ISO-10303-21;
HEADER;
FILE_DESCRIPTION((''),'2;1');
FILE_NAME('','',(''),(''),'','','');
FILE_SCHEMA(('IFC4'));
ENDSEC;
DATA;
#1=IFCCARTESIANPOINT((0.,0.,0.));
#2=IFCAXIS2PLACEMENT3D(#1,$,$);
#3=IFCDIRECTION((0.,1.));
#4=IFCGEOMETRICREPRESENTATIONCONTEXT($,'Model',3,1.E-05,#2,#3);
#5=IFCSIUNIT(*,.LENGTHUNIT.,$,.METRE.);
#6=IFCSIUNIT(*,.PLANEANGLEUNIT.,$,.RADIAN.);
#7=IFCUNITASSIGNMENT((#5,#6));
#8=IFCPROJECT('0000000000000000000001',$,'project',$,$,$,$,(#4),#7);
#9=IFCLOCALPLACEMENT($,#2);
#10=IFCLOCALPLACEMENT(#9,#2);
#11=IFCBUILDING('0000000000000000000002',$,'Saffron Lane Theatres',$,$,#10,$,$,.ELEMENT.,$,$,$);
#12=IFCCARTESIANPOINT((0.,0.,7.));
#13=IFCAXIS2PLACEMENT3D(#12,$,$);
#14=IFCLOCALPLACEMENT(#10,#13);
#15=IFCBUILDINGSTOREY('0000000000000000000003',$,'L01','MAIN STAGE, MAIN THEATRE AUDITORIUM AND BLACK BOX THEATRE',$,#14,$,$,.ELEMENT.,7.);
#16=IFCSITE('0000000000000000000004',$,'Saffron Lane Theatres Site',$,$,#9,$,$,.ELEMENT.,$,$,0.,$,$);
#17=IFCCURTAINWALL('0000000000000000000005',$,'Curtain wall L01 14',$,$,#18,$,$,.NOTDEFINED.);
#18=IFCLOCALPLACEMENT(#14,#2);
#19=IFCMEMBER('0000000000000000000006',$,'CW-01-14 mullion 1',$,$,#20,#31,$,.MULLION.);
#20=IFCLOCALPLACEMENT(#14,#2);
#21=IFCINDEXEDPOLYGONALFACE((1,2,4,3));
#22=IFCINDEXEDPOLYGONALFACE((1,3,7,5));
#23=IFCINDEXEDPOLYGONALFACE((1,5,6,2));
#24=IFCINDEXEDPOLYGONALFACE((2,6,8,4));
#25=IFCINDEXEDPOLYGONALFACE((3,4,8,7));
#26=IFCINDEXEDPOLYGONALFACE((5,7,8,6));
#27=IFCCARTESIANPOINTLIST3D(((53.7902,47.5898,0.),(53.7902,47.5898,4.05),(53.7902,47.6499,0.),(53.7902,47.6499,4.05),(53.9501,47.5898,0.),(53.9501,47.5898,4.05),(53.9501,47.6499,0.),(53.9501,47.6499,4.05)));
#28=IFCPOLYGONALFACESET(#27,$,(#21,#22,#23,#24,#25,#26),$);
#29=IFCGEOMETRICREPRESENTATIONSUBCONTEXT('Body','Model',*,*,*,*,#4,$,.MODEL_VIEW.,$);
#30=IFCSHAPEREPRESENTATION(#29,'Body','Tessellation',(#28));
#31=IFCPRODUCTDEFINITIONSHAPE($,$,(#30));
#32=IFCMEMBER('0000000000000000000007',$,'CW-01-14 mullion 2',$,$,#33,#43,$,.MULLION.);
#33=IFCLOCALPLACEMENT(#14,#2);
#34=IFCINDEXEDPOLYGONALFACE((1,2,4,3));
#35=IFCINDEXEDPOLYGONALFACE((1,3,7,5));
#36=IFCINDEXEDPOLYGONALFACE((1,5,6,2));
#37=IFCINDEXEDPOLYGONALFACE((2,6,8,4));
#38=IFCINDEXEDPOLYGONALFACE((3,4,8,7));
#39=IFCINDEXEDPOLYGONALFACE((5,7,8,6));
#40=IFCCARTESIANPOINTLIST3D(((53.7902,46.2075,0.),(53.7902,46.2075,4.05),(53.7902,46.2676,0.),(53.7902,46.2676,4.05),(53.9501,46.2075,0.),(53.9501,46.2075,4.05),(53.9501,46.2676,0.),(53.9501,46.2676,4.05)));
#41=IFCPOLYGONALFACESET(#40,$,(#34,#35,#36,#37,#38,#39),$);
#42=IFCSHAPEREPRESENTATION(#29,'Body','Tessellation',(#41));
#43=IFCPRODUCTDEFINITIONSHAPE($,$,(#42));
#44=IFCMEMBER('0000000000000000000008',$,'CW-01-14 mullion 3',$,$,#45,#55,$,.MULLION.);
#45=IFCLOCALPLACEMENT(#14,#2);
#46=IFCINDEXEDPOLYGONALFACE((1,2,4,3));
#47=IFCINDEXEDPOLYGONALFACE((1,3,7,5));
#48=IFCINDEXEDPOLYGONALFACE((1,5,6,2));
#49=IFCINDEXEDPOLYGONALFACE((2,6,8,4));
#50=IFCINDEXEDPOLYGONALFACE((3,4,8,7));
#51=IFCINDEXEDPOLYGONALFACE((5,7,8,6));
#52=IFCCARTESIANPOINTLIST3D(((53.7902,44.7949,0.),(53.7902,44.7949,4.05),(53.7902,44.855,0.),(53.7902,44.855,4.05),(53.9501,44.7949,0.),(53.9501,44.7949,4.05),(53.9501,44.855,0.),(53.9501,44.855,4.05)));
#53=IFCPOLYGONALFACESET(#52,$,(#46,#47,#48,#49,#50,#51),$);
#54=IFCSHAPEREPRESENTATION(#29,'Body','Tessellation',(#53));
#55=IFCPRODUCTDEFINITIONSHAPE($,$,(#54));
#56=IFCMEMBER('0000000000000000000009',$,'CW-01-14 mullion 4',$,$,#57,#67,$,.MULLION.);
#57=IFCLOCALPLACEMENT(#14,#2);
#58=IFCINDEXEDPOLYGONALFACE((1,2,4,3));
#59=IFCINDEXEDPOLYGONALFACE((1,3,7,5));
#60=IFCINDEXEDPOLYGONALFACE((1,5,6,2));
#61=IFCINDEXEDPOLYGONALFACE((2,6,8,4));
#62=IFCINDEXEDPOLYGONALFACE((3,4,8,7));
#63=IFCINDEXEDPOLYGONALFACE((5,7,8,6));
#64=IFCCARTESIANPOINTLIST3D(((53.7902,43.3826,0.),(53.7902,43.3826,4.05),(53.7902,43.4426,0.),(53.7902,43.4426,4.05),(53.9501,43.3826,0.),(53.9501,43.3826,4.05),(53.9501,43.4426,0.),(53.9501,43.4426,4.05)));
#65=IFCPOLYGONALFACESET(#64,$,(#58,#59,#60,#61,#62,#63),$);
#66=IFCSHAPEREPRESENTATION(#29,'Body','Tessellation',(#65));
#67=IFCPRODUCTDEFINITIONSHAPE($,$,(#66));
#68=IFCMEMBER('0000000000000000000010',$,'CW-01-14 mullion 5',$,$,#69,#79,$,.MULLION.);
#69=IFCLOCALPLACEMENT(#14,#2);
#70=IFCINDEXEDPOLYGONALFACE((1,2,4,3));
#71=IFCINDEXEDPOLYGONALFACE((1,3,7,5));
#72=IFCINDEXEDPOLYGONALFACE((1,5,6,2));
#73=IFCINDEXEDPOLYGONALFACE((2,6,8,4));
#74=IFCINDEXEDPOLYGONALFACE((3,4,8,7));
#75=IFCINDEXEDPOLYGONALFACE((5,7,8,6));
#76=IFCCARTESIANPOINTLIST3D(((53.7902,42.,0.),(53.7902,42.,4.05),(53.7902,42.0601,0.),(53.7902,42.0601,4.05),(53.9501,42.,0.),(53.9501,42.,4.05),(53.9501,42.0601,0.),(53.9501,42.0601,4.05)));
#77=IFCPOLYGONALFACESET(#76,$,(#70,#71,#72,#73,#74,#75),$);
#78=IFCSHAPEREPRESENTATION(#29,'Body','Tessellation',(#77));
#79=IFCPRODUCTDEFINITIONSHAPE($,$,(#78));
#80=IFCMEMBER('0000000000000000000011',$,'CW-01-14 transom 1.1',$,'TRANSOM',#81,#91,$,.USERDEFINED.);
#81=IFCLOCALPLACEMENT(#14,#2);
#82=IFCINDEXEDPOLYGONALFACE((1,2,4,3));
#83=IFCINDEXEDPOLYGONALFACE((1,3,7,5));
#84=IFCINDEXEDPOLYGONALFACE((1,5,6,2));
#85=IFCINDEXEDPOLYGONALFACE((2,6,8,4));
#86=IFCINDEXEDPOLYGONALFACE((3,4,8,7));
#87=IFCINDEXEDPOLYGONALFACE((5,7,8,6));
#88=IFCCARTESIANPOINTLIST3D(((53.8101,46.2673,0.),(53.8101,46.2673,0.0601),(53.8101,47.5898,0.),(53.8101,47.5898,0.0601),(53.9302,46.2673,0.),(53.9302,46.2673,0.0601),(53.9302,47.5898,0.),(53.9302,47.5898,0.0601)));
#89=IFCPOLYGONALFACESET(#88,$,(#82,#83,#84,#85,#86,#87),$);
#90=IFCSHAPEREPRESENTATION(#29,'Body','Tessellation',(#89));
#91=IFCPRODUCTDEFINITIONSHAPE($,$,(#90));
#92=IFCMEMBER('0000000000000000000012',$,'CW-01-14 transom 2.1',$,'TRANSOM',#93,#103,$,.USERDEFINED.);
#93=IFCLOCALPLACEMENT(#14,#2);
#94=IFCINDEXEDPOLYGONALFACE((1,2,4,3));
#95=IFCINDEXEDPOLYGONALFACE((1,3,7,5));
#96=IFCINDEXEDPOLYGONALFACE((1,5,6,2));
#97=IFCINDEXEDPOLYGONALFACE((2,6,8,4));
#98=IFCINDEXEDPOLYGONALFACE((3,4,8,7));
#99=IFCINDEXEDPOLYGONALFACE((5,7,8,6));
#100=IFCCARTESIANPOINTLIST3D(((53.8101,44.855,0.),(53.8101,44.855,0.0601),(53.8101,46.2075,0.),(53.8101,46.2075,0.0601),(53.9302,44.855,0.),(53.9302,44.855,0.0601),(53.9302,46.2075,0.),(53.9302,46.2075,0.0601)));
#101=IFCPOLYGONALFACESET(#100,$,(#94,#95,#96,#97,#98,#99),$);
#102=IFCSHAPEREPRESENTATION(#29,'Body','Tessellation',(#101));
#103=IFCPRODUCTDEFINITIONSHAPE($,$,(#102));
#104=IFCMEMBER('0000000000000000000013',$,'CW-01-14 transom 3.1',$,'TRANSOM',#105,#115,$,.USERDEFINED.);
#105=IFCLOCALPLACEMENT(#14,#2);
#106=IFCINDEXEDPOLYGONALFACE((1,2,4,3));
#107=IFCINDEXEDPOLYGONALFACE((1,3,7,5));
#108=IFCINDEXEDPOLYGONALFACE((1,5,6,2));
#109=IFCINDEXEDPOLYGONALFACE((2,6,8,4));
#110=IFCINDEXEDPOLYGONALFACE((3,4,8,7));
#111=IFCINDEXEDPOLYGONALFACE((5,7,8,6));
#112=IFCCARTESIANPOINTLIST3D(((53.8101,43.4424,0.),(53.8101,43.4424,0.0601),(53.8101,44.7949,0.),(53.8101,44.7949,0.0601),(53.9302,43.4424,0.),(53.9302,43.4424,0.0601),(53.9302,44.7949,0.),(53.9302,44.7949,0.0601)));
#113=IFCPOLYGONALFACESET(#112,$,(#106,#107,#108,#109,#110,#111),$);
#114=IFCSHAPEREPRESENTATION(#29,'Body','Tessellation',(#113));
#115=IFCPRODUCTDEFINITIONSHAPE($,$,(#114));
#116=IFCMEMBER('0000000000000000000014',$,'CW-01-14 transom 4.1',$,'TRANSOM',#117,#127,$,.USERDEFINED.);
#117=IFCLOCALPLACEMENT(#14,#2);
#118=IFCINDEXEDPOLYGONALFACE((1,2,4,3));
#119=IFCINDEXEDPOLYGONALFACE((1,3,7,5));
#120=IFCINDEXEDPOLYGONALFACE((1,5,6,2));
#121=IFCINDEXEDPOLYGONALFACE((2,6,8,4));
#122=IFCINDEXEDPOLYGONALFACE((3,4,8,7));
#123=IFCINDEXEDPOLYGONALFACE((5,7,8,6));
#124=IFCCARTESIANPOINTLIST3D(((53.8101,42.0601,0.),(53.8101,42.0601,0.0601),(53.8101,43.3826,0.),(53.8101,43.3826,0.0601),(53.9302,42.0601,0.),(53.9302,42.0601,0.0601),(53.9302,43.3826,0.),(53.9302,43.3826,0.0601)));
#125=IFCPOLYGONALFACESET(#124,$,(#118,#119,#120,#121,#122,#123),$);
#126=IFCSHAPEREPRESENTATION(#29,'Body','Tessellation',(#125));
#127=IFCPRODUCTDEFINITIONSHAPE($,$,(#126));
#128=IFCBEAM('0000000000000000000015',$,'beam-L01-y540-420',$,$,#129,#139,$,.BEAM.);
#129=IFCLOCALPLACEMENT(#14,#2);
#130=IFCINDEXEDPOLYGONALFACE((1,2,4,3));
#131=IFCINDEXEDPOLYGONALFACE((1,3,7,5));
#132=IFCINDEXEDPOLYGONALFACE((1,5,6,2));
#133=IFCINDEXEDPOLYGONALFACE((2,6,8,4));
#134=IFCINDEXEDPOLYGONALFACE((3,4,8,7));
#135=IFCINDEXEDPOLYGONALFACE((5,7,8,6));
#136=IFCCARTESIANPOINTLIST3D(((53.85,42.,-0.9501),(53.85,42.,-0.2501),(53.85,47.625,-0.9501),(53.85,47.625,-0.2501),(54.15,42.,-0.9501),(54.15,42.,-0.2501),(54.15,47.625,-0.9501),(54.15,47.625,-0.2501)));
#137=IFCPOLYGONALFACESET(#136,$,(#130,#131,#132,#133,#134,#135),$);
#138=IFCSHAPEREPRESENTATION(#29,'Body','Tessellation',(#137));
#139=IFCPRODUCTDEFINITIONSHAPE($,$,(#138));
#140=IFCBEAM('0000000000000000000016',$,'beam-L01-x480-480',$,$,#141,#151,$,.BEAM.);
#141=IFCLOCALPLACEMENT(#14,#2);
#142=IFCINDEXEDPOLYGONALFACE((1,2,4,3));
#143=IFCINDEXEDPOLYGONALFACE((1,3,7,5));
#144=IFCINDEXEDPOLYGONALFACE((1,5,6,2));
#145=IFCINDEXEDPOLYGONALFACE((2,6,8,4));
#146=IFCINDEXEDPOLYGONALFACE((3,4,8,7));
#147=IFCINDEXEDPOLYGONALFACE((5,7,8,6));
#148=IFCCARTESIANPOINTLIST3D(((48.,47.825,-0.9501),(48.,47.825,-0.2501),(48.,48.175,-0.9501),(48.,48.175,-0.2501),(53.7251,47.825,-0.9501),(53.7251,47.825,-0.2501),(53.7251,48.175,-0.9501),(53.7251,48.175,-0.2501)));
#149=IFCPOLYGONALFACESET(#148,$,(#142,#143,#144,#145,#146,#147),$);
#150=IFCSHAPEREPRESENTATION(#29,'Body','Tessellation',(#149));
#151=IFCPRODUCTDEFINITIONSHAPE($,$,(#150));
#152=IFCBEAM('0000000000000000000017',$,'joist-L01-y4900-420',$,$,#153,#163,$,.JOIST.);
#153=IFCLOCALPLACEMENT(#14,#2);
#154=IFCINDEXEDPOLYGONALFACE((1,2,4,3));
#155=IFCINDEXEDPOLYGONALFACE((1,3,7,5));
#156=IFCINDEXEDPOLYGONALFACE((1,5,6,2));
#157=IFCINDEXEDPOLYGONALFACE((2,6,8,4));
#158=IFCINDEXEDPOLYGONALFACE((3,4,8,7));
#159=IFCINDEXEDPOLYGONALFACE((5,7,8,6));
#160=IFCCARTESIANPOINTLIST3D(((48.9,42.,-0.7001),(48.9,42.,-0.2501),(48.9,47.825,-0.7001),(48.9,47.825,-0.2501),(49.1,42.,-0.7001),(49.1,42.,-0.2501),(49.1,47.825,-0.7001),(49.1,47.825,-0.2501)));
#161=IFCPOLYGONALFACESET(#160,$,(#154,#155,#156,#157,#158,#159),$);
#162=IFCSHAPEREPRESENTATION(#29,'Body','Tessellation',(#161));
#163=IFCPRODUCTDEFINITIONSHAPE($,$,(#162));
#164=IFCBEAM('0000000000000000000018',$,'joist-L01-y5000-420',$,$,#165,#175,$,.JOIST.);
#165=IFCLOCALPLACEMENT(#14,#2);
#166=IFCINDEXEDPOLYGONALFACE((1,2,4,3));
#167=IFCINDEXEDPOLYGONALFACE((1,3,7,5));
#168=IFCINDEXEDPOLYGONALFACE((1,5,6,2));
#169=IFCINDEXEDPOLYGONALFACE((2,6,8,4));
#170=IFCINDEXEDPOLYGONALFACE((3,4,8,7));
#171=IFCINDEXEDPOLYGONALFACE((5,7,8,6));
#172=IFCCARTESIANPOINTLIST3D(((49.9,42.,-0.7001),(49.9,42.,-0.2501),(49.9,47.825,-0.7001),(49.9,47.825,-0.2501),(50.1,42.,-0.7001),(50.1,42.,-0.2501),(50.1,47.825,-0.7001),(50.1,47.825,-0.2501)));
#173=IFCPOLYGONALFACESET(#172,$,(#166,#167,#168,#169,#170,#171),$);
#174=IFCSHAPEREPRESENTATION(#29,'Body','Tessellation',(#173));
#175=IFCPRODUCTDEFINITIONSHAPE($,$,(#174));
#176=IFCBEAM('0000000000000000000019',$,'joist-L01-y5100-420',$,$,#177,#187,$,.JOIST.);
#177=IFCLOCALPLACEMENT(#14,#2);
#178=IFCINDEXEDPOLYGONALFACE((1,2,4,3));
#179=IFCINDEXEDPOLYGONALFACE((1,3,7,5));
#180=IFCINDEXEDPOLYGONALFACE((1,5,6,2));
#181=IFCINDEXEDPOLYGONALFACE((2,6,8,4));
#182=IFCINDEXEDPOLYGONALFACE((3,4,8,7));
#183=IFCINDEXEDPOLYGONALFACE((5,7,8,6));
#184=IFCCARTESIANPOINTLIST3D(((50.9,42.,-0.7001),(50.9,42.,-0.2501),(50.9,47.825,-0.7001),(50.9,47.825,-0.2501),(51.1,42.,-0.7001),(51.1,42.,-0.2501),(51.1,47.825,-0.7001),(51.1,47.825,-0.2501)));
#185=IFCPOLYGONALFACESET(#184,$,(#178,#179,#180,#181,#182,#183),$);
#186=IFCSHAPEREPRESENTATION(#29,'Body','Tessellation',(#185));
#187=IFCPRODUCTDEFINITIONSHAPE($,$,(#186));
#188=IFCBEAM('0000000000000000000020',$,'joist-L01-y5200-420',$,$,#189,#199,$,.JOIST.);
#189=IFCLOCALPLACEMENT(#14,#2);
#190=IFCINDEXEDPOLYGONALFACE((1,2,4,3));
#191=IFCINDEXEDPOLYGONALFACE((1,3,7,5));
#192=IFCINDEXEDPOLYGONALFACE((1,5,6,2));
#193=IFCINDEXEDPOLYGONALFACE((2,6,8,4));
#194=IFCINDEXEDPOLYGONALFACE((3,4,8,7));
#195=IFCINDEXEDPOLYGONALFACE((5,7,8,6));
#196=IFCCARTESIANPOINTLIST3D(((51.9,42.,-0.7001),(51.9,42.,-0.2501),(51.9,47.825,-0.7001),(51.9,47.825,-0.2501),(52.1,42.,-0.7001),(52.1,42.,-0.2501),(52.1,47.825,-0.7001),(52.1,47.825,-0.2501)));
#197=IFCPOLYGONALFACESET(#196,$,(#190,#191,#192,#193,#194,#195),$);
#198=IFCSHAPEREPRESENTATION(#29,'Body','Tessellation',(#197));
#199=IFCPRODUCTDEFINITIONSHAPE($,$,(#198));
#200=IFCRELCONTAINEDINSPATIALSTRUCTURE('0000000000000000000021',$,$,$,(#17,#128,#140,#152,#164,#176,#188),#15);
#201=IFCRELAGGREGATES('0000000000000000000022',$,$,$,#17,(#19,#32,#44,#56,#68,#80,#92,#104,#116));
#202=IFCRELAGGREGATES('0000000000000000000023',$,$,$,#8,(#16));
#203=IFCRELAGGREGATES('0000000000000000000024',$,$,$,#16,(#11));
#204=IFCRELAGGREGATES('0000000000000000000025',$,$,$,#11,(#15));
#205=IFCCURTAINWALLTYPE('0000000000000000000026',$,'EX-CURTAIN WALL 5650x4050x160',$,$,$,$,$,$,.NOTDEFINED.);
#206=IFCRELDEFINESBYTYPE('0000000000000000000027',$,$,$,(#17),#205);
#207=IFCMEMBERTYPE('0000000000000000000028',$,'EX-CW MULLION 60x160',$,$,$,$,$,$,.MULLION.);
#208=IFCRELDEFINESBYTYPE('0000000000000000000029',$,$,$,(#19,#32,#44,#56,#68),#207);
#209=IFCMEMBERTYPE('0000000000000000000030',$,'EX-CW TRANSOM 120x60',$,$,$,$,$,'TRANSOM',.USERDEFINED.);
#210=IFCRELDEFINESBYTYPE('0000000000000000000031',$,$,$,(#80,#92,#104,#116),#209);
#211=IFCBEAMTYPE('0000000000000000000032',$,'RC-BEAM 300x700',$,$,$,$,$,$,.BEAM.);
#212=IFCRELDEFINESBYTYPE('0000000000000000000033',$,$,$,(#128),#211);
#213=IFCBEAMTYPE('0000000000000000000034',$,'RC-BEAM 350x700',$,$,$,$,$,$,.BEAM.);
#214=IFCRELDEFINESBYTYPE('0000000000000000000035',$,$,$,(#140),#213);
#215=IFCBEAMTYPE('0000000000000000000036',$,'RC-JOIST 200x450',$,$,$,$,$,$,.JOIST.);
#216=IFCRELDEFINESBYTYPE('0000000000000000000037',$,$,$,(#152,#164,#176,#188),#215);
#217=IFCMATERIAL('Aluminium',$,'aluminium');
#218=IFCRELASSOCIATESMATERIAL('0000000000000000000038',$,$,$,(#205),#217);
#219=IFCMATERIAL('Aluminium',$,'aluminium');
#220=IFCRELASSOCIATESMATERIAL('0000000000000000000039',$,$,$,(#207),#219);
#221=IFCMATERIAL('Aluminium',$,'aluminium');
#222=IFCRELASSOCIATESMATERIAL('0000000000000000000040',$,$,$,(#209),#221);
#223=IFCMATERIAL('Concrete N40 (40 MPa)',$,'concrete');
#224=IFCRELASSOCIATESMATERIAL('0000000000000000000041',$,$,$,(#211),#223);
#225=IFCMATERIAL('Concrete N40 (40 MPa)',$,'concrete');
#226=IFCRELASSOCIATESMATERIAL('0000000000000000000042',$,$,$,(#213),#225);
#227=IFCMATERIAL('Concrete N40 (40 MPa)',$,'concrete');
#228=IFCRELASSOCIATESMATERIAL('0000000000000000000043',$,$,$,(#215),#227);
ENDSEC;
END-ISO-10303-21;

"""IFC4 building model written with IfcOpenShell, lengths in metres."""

from ifc_helpers import new_model, si_unit, direction, frame, origin, origin_2d, place, context, subcontext, project, spatial, rectangle, extrude, material, material_profile, profile_set, type_object, element, aggregate, save


model = new_model("IFC4")

# Units and contexts
model_context = context("Model", 3, precision=1e-05, world=origin(), true_north=direction((0.0, 1.0)))
body_context = subcontext(model_context, "Body", "Model", "MODEL_VIEW")
ifc_project = project(units=[si_unit("LENGTHUNIT", "METRE"), si_unit("PLANEANGLEUNIT", "RADIAN")], contexts=[model_context])

# Site, building, storey
site_placement = place(None, origin())
site = spatial("IfcSite", under=ifc_project, at=site_placement, Name="Saffron Lane Theatres Site", CompositionType="ELEMENT", RefElevation=0.0)
building_placement = place(site_placement, origin())
building = spatial("IfcBuilding", under=site, at=building_placement, Name="Saffron Lane Theatres", CompositionType="ELEMENT")
storey_placement = place(building_placement, frame((0.0, 0.0, 7.0)))
storey = spatial("IfcBuildingStorey", under=building, at=storey_placement, Name="L01", Description="MAIN STAGE, MAIN THEATRE AUDITORIUM AND BLACK BOX THEATRE", CompositionType="ELEMENT", Elevation=7.0)

# Curtain wall, members
ifc_material_1 = material(Name="Aluminium", Category="aluminium")
curtain_wall_type = type_object("IfcCurtainWallType", Name="EX-CURTAIN WALL 5650x4050x160", PredefinedType="NOTDEFINED", material=ifc_material_1)
curtain_wall_placement = place(storey_placement, origin())
curtain_wall = element("IfcCurtainWall", 1, at=curtain_wall_placement, inside=storey, type_object=curtain_wall_type, Name="Curtain wall L01 14", PredefinedType="NOTDEFINED")
ifc_material_2 = material(Name="Aluminium", Category="aluminium")
ifc_material_profile_1 = material_profile(ifc_material_2, rectangle(XDim=0.0601, YDim=0.1599, at=origin_2d()))
ifc_profile_set_1 = profile_set([ifc_material_profile_1], Name="Aluminium")
member_type_1 = type_object("IfcMemberType", Name="EX-CW MULLION 60x160", PredefinedType="MULLION", material=ifc_profile_set_1)
member_1_placement = place(storey_placement, frame((53.8701, 47.6199, 0.0), z_axis=(0.0, 0.0, 1.0), x_axis=(0.0, -1.0, 0.0)))
member_1 = element("IfcMember", 2, at=member_1_placement, type_object=member_type_1, Name="CW-01-14 mullion 1", PredefinedType="MULLION", context=body_context, shape_type="SweptSolid", body=[
    extrude(rectangle(XDim=0.0601, YDim=0.1599, at=origin_2d()), origin(), (0.0, 0.0, 1.0), 4.05),
])
member_2_placement = place(storey_placement, frame((53.8701, 46.2375, 0.0), z_axis=(0.0, 0.0, 1.0), x_axis=(0.0, -1.0, 0.0)))
member_2 = element("IfcMember", 3, at=member_2_placement, type_object=member_type_1, Name="CW-01-14 mullion 2", PredefinedType="MULLION", context=body_context, shape_type="SweptSolid", body=[
    extrude(rectangle(XDim=0.0601, YDim=0.1599, at=origin_2d()), origin(), (0.0, 0.0, 1.0), 4.05),
])
member_3_placement = place(storey_placement, frame((53.8701, 44.825, 0.0), z_axis=(0.0, 0.0, 1.0), x_axis=(0.0, -1.0, 0.0)))
member_3 = element("IfcMember", 4, at=member_3_placement, type_object=member_type_1, Name="CW-01-14 mullion 3", PredefinedType="MULLION", context=body_context, shape_type="SweptSolid", body=[
    extrude(rectangle(XDim=0.0601, YDim=0.1599, at=origin_2d()), origin(), (0.0, 0.0, 1.0), 4.05),
])
member_4_placement = place(storey_placement, frame((53.8701, 43.4126, 0.0), z_axis=(0.0, 0.0, 1.0), x_axis=(0.0, -1.0, 0.0)))
member_4 = element("IfcMember", 5, at=member_4_placement, type_object=member_type_1, Name="CW-01-14 mullion 4", PredefinedType="MULLION", context=body_context, shape_type="SweptSolid", body=[
    extrude(rectangle(XDim=0.0601, YDim=0.1599, at=origin_2d()), origin(), (0.0, 0.0, 1.0), 4.05),
])
member_5_placement = place(storey_placement, frame((53.8701, 42.03, 0.0), z_axis=(0.0, 0.0, 1.0), x_axis=(0.0, -1.0, 0.0)))
member_5 = element("IfcMember", 6, at=member_5_placement, type_object=member_type_1, Name="CW-01-14 mullion 5", PredefinedType="MULLION", context=body_context, shape_type="SweptSolid", body=[
    extrude(rectangle(XDim=0.0601, YDim=0.1599, at=origin_2d()), origin(), (0.0, 0.0, 1.0), 4.05),
])
ifc_material_3 = material(Name="Aluminium", Category="aluminium")
ifc_material_profile_2 = material_profile(ifc_material_3, rectangle(XDim=0.1201, YDim=0.0601, at=origin_2d()))
ifc_profile_set_2 = profile_set([ifc_material_profile_2], Name="Aluminium")
member_type_2 = type_object("IfcMemberType", Name="EX-CW TRANSOM 120x60", ElementType="TRANSOM", PredefinedType="USERDEFINED", material=ifc_profile_set_2)
member_6_placement = place(storey_placement, frame((53.8701, 47.5898, 0.03), z_axis=(0.0, -1.0, 0.0), x_axis=(1.0, 0.0, 0.0)))
member_6 = element("IfcMember", 7, at=member_6_placement, type_object=member_type_2, Name="CW-01-14 transom 1.1", ObjectType="TRANSOM", PredefinedType="USERDEFINED", context=body_context, shape_type="SweptSolid", body=[
    extrude(rectangle(XDim=0.1201, YDim=0.0601, at=origin_2d()), origin(), (0.0, 0.0, 1.0), 1.3225),
])
member_7_placement = place(storey_placement, frame((53.8701, 46.2075, 0.03), z_axis=(0.0, -1.0, 0.0), x_axis=(1.0, 0.0, 0.0)))
member_7 = element("IfcMember", 8, at=member_7_placement, type_object=member_type_2, Name="CW-01-14 transom 2.1", ObjectType="TRANSOM", PredefinedType="USERDEFINED", context=body_context, shape_type="SweptSolid", body=[
    extrude(rectangle(XDim=0.1201, YDim=0.0601, at=origin_2d()), origin(), (0.0, 0.0, 1.0), 1.3525),
])
member_8_placement = place(storey_placement, frame((53.8701, 44.7949, 0.03), z_axis=(0.0, -1.0, 0.0), x_axis=(1.0, 0.0, 0.0)))
member_8 = element("IfcMember", 9, at=member_8_placement, type_object=member_type_2, Name="CW-01-14 transom 3.1", ObjectType="TRANSOM", PredefinedType="USERDEFINED", context=body_context, shape_type="SweptSolid", body=[
    extrude(rectangle(XDim=0.1201, YDim=0.0601, at=origin_2d()), origin(), (0.0, 0.0, 1.0), 1.3525),
])
member_9_placement = place(storey_placement, frame((53.8701, 43.3826, 0.03), z_axis=(0.0, -1.0, 0.0), x_axis=(1.0, 0.0, 0.0)))
member_9 = element("IfcMember", 10, at=member_9_placement, type_object=member_type_2, Name="CW-01-14 transom 4.1", ObjectType="TRANSOM", PredefinedType="USERDEFINED", context=body_context, shape_type="SweptSolid", body=[
    extrude(rectangle(XDim=0.1201, YDim=0.0601, at=origin_2d()), origin(), (0.0, 0.0, 1.0), 1.3225),
])
aggregate(curtain_wall, [member_1, member_2, member_3, member_4, member_5, member_6, member_7, member_8, member_9])

# Beams
ifc_material_4 = material(Name="Concrete N40 (40 MPa)", Category="concrete")
ifc_material_profile_3 = material_profile(ifc_material_4, rectangle(XDim=0.3, YDim=0.7, at=origin_2d()))
ifc_profile_set_3 = profile_set([ifc_material_profile_3], Name="Concrete N40 (40 MPa)")
beam_type_1 = type_object("IfcBeamType", Name="RC-BEAM 300x700", PredefinedType="BEAM", material=ifc_profile_set_3)
beam_1_placement = place(storey_placement, frame((54.0, 42.0, -0.6001), z_axis=(0.0, 1.0, 0.0), x_axis=(-1.0, 0.0, 0.0)))
element("IfcBeam", 11, at=beam_1_placement, inside=storey, type_object=beam_type_1, Name="beam-L01-y540-420", PredefinedType="BEAM", context=body_context, shape_type="SweptSolid", body=[
    extrude(rectangle(XDim=0.3, YDim=0.7, at=origin_2d()), origin(), (0.0, 0.0, 1.0), 5.625),
])
ifc_material_5 = material(Name="Concrete N40 (40 MPa)", Category="concrete")
ifc_material_profile_4 = material_profile(ifc_material_5, rectangle(XDim=0.3501, YDim=0.7, at=origin_2d()))
ifc_profile_set_4 = profile_set([ifc_material_profile_4], Name="Concrete N40 (40 MPa)")
beam_type_2 = type_object("IfcBeamType", Name="RC-BEAM 350x700", PredefinedType="BEAM", material=ifc_profile_set_4)
beam_2_placement = place(storey_placement, frame((48.0, 48.0, -0.6001), z_axis=(1.0, 0.0, 0.0), x_axis=(0.0, 1.0, 0.0)))
element("IfcBeam", 12, at=beam_2_placement, inside=storey, type_object=beam_type_2, Name="beam-L01-x480-480", PredefinedType="BEAM", context=body_context, shape_type="SweptSolid", body=[
    extrude(rectangle(XDim=0.3501, YDim=0.7, at=origin_2d()), origin(), (0.0, 0.0, 1.0), 5.7251),
])
ifc_material_6 = material(Name="Concrete N40 (40 MPa)", Category="concrete")
ifc_material_profile_5 = material_profile(ifc_material_6, rectangle(XDim=0.2, YDim=0.45, at=origin_2d()))
ifc_profile_set_5 = profile_set([ifc_material_profile_5], Name="Concrete N40 (40 MPa)")
beam_type_3 = type_object("IfcBeamType", Name="RC-JOIST 200x450", PredefinedType="JOIST", material=ifc_profile_set_5)
for number, where, z_axis, x_axis, name in (
    (13, (49.0, 42.0, -0.4751), (0.0, 1.0, 0.0), (-1.0, 0.0, 0.0), "joist-L01-y4900-420"),
    (14, (50.0, 42.0, -0.4751), (0.0, 1.0, 0.0), (-1.0, 0.0, 0.0), "joist-L01-y5000-420"),
    (15, (51.0, 42.0, -0.4751), (0.0, 1.0, 0.0), (-1.0, 0.0, 0.0), "joist-L01-y5100-420"),
    (16, (52.0, 42.0, -0.4751), (0.0, 1.0, 0.0), (-1.0, 0.0, 0.0), "joist-L01-y5200-420"),
):
    element("IfcBeam", number, at=place(storey_placement, frame(where, z_axis=z_axis, x_axis=x_axis)), inside=storey, type_object=beam_type_3, Name=name, PredefinedType="JOIST", context=body_context, shape_type="SweptSolid", body=[
        extrude(rectangle(XDim=0.2, YDim=0.45, at=origin_2d()), origin(), (0.0, 0.0, 1.0), 5.825),
    ])

save(model, "model.ifc")
